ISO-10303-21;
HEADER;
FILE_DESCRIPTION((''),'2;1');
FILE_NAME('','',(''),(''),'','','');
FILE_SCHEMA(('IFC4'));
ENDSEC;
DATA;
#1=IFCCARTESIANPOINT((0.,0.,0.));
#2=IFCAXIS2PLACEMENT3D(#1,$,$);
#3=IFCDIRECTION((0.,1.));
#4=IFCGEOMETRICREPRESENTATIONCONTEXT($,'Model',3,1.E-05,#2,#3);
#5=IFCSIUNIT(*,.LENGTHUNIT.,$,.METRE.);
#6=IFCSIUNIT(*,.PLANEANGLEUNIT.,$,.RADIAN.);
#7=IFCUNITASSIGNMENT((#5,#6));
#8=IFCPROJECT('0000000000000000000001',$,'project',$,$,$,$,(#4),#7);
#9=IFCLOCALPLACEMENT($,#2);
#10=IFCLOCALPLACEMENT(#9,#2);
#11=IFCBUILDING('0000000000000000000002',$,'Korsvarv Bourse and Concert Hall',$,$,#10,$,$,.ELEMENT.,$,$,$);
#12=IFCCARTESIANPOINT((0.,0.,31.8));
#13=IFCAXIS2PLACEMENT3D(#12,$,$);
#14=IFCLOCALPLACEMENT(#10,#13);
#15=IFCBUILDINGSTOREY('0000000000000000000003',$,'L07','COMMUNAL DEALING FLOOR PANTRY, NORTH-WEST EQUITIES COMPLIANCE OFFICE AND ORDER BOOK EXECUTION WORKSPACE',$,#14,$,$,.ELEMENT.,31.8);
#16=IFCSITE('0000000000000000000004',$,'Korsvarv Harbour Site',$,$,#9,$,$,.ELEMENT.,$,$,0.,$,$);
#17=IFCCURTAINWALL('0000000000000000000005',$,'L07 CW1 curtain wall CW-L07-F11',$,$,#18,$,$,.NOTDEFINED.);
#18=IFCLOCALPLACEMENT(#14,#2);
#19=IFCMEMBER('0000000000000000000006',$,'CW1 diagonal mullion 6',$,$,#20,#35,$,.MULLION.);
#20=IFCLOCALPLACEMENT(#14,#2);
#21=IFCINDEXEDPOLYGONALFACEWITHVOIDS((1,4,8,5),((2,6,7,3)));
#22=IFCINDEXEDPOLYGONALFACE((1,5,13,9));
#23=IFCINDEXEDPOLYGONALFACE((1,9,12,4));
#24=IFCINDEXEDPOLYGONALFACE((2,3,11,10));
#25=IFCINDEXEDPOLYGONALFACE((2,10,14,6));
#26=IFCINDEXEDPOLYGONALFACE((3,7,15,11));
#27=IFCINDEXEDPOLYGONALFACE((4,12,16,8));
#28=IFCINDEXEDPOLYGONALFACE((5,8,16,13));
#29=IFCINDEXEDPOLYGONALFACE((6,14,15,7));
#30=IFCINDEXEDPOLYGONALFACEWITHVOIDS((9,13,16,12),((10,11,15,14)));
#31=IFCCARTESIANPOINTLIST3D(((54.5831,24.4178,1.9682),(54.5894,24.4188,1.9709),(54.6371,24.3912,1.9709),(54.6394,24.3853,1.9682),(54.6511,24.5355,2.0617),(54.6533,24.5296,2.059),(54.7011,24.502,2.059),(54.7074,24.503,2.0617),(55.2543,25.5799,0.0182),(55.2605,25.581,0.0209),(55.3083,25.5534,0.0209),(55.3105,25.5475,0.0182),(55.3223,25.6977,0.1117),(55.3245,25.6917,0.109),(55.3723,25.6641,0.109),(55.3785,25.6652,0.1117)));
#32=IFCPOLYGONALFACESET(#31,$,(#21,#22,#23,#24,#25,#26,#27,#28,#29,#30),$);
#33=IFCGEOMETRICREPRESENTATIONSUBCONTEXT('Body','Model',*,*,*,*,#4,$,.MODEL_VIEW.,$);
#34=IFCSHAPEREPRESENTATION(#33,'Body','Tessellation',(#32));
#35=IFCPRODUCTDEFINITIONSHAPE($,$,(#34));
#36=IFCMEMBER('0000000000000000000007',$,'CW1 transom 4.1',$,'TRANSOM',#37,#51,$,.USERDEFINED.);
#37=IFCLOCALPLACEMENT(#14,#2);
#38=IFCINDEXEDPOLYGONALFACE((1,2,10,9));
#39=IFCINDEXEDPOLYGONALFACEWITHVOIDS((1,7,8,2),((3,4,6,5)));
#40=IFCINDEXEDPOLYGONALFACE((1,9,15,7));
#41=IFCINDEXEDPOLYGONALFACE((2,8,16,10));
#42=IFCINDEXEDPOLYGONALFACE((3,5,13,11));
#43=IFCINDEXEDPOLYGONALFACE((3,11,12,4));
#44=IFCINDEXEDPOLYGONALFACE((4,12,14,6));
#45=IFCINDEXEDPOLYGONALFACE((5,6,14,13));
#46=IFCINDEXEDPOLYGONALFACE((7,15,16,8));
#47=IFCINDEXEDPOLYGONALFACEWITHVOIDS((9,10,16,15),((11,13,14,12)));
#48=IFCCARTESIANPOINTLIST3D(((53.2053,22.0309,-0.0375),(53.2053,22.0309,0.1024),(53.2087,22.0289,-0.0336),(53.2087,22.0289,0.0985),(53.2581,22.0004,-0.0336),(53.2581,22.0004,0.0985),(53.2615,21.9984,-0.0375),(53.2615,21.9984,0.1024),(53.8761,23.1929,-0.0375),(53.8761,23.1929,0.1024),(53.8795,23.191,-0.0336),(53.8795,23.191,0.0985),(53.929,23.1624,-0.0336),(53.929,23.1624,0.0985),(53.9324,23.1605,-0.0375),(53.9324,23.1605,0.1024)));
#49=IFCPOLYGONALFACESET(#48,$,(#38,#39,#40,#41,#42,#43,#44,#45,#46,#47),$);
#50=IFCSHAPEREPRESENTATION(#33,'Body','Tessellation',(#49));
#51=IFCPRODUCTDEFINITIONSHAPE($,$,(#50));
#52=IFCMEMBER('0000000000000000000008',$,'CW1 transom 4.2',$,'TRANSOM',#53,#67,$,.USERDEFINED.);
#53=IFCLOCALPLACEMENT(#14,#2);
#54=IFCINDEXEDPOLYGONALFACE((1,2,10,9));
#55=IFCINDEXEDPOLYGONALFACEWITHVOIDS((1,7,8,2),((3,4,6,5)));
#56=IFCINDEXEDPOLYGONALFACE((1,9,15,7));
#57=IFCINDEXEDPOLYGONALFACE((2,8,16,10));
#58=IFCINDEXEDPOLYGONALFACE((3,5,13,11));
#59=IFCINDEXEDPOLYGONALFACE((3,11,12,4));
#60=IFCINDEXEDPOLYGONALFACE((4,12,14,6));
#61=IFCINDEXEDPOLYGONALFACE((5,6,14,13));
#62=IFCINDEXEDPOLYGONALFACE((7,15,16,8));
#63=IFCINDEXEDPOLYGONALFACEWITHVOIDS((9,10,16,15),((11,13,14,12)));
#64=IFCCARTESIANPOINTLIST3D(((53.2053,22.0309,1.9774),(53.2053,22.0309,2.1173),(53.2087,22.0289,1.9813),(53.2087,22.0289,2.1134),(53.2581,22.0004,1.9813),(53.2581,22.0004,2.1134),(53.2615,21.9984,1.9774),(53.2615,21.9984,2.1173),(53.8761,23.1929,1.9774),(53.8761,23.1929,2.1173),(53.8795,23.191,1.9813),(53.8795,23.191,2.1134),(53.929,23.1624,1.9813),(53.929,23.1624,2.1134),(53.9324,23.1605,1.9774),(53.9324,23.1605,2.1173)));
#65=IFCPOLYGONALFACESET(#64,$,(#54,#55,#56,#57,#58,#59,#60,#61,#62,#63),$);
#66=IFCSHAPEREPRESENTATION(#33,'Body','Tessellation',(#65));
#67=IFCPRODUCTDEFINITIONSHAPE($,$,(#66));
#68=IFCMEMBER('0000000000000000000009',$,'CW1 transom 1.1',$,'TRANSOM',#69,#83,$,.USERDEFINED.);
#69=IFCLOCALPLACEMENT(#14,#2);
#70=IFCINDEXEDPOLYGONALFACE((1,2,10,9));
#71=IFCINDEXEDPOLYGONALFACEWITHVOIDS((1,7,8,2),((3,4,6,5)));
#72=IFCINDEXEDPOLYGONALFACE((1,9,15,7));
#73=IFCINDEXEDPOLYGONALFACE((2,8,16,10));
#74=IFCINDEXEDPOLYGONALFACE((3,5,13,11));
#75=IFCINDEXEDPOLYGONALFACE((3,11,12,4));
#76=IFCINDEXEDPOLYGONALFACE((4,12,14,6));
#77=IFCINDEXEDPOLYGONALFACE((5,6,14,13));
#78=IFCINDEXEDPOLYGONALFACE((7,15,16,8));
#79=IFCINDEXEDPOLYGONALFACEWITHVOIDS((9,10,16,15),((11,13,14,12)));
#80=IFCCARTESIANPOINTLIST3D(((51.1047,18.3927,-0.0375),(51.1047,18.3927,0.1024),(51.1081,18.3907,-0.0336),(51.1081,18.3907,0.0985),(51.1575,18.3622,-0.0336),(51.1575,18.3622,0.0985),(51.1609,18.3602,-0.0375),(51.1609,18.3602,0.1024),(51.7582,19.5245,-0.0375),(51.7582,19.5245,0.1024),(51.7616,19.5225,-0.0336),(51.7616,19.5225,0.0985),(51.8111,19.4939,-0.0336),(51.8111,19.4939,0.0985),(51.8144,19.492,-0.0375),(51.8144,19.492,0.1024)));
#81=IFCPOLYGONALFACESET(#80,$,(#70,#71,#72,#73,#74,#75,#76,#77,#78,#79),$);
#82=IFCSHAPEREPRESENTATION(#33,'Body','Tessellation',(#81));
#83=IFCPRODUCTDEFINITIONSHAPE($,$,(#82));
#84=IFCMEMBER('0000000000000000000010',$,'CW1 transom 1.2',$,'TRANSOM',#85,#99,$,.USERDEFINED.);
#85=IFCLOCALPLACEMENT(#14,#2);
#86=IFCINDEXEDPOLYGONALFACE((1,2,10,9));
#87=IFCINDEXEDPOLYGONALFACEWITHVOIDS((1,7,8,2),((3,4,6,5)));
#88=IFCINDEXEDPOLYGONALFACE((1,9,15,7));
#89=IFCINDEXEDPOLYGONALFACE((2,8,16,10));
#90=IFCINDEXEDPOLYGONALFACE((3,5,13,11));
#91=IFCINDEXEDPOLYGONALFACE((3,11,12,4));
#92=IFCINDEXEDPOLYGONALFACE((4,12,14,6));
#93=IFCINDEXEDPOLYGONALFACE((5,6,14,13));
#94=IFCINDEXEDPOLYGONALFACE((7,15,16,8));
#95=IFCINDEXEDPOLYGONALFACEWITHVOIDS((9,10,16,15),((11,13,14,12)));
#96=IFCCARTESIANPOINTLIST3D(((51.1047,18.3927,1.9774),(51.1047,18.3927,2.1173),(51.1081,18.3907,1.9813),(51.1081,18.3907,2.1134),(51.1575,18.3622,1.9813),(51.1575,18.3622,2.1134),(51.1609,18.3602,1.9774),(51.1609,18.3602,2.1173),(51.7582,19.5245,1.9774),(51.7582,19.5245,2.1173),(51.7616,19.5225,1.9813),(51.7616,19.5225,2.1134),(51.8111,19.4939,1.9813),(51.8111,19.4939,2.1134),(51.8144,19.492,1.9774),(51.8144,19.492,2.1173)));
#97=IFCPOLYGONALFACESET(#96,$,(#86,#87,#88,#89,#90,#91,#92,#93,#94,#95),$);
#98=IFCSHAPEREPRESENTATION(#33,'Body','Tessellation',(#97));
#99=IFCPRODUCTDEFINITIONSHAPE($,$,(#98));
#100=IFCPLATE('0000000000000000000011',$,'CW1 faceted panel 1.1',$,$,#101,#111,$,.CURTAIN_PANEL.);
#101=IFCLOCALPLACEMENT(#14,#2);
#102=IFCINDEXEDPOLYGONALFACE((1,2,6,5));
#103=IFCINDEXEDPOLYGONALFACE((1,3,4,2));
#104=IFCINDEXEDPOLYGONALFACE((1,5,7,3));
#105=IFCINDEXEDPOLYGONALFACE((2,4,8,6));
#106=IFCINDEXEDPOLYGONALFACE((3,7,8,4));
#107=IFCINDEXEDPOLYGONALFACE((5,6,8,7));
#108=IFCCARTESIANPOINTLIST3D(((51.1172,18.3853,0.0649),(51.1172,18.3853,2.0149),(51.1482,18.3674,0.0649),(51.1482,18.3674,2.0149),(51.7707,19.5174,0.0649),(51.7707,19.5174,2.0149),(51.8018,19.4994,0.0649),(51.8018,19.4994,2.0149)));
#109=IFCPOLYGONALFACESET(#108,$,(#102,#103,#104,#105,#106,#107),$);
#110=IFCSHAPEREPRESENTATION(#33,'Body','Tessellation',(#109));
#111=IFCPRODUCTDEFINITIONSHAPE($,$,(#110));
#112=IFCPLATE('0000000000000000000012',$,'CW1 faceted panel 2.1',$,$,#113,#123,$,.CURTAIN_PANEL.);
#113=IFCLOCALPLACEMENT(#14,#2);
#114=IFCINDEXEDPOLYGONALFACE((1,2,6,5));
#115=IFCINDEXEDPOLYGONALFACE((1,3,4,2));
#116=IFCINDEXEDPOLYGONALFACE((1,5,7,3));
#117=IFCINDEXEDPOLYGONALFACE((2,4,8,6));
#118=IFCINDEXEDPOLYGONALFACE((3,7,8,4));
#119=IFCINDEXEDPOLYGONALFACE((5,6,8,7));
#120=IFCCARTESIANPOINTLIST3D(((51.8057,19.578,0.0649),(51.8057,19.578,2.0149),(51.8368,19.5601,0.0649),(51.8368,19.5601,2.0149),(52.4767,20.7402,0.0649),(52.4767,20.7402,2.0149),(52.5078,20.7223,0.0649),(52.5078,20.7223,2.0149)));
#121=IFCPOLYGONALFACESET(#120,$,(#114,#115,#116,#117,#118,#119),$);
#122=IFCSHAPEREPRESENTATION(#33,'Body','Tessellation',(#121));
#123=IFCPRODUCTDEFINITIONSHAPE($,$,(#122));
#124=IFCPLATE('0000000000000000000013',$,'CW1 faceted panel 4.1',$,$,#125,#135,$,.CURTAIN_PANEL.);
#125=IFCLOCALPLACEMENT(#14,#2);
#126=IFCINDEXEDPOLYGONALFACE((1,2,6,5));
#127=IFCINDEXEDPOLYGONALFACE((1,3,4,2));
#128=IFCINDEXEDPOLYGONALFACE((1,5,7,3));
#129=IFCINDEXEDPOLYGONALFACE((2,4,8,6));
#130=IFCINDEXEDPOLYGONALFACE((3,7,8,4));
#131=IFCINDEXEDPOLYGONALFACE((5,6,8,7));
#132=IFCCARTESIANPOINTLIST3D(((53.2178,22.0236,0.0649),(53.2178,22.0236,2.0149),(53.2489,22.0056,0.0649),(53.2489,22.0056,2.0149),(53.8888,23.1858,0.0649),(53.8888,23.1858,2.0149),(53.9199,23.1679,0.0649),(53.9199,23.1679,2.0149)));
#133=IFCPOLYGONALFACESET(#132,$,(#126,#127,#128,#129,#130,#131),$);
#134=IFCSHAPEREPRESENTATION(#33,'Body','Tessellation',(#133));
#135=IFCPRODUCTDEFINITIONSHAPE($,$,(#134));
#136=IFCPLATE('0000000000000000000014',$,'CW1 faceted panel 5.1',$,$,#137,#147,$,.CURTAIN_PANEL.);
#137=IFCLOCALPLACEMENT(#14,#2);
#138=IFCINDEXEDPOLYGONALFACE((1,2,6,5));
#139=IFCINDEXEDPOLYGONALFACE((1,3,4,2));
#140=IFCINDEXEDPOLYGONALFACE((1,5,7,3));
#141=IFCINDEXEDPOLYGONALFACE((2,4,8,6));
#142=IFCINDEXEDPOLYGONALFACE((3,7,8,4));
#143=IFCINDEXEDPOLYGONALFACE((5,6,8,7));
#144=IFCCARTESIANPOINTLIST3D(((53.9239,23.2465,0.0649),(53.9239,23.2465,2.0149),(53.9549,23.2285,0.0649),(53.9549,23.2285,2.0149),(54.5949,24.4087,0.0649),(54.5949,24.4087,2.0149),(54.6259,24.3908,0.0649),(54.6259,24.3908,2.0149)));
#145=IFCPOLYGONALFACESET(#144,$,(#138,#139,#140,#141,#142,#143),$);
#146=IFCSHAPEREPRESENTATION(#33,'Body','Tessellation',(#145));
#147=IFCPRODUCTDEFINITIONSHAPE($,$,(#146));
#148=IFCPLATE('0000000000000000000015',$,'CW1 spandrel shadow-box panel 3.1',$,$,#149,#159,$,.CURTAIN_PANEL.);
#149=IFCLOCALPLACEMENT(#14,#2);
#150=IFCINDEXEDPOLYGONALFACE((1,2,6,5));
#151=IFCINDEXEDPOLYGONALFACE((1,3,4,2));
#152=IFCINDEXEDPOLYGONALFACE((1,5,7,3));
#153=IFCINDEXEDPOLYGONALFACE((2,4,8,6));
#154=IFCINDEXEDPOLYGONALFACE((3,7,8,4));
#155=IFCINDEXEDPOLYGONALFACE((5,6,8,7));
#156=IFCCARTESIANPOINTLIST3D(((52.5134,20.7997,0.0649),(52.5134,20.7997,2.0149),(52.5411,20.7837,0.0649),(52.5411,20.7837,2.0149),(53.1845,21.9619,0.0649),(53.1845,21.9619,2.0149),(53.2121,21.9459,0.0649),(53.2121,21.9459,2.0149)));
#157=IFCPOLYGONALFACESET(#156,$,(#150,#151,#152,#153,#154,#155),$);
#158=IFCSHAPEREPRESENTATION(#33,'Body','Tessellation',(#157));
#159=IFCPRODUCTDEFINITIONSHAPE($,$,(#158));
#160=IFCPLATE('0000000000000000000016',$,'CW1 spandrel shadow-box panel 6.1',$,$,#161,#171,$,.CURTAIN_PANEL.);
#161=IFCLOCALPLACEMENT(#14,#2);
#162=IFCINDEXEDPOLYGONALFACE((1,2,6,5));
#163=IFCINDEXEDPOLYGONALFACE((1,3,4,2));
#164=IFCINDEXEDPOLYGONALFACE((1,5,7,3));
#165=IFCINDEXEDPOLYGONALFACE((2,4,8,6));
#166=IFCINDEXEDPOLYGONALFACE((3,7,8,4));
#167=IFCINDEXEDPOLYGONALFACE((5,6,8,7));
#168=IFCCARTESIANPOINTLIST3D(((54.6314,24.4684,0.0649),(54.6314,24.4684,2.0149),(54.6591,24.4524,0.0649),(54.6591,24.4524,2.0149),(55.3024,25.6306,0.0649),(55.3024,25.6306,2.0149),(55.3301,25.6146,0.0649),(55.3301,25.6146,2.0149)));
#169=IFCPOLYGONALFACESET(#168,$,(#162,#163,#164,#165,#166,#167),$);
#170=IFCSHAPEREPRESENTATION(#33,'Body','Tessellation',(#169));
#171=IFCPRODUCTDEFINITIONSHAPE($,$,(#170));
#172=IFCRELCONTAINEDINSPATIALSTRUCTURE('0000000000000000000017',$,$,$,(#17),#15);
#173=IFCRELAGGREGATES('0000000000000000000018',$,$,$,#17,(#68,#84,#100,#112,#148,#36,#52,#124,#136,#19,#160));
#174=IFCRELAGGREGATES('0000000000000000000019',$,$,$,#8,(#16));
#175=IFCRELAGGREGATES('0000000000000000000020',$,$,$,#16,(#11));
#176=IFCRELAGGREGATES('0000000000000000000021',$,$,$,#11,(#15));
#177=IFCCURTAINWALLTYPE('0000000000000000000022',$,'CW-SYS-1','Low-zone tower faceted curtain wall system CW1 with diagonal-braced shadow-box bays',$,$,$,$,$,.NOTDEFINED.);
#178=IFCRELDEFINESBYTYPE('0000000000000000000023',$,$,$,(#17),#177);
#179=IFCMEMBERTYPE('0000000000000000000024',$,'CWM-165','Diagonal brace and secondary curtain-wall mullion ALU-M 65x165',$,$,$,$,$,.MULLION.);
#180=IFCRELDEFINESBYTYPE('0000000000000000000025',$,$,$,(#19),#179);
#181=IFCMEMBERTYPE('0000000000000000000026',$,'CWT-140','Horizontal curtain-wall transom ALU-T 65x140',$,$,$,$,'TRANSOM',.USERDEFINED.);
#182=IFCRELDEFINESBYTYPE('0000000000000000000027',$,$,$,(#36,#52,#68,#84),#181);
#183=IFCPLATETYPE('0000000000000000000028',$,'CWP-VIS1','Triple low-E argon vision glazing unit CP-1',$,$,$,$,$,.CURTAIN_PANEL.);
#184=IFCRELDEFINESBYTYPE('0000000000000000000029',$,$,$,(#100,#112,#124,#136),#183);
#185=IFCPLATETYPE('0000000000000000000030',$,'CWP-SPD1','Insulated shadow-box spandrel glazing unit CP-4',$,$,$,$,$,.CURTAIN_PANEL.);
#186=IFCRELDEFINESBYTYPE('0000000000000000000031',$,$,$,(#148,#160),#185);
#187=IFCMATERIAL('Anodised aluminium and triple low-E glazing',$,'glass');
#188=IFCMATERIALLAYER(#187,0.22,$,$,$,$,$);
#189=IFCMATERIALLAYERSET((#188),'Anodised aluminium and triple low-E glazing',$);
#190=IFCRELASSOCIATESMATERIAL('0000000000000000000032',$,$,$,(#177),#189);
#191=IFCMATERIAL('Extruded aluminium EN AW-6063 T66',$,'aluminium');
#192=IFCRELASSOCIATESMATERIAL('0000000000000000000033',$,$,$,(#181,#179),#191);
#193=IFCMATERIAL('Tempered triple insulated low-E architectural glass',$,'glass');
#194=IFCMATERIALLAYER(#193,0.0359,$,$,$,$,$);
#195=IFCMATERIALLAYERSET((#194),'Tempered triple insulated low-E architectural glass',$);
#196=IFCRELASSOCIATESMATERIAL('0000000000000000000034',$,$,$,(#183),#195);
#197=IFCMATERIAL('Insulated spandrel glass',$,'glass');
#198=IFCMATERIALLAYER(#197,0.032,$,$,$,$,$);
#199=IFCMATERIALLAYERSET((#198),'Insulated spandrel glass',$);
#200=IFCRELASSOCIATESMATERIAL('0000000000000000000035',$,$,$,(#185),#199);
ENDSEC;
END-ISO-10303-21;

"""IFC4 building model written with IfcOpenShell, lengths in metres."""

from ifc_helpers import new_model, si_unit, direction, frame, origin, origin_2d, place, context, subcontext, project, spatial, rectangle, hollow_rectangle, extrude, source, transform, mapped, material, layer, layer_set, material_profile, profile_set, type_object, element, aggregate, save


model = new_model("IFC4")

# Units and contexts
model_context = context("Model", 3, precision=1e-05, world=origin(), true_north=direction((0.0, 1.0)))
body_context = subcontext(model_context, "Body", "Model", "MODEL_VIEW")
ifc_project = project(units=[si_unit("LENGTHUNIT", "METRE"), si_unit("PLANEANGLEUNIT", "RADIAN")], contexts=[model_context])

# Site, building, storey
site_placement = place(None, origin())
site = spatial("IfcSite", under=ifc_project, at=site_placement, Name="Korsvarv Harbour Site", CompositionType="ELEMENT", RefElevation=0.0)
building_placement = place(site_placement, origin())
building = spatial("IfcBuilding", under=site, at=building_placement, Name="Korsvarv Bourse and Concert Hall", CompositionType="ELEMENT")
storey_placement = place(building_placement, frame((0.0, 0.0, 31.8)))
storey = spatial("IfcBuildingStorey", under=building, at=storey_placement, Name="L07", Description="COMMUNAL DEALING FLOOR PANTRY, NORTH-WEST EQUITIES COMPLIANCE OFFICE AND ORDER BOOK EXECUTION WORKSPACE", CompositionType="ELEMENT", Elevation=31.8)

# Curtain wall, members, plates
ifc_material_1 = material(Name="Anodised aluminium and triple low-E glazing", Category="glass")
ifc_layer_1 = layer(ifc_material_1, 0.22)
ifc_layer_set_1 = layer_set([ifc_layer_1], Name="Anodised aluminium and triple low-E glazing")
curtain_wall_type = type_object("IfcCurtainWallType", Name="CW-SYS-1", Description="Low-zone tower faceted curtain wall system CW1 with diagonal-braced shadow-box bays", PredefinedType="NOTDEFINED", material=ifc_layer_set_1)
curtain_wall_placement = place(storey_placement, origin())
curtain_wall = element("IfcCurtainWall", 1, at=curtain_wall_placement, inside=storey, type_object=curtain_wall_type, Name="L07 CW1 curtain wall CW-L07-F11", PredefinedType="NOTDEFINED")
ifc_material_2 = material(Name="Extruded aluminium EN AW-6063 T66", Category="aluminium")
ifc_material_profile_1 = material_profile(ifc_material_2, hollow_rectangle(XDim=0.0649, YDim=0.1399, WallThickness=0.0039, at=origin_2d()), Name="ALU-T 65x140")
ifc_profile_set_1 = profile_set([ifc_material_profile_1], Name="Extruded aluminium EN AW-6063 T66")
member_type_1 = type_object("IfcMemberType", Name="CWT-140", Description="Horizontal curtain-wall transom ALU-T 65x140", ElementType="TRANSOM", PredefinedType="USERDEFINED", material=ifc_profile_set_1)
ifc_material_profile_2 = material_profile(ifc_material_2, hollow_rectangle(XDim=0.0649, YDim=0.165, WallThickness=0.0049, at=origin_2d()), Name="ALU-M 65x165")
ifc_profile_set_2 = profile_set([ifc_material_profile_2], Name="Extruded aluminium EN AW-6063 T66")
member_type_2 = type_object("IfcMemberType", Name="CWM-165", Description="Diagonal brace and secondary curtain-wall mullion ALU-M 65x165", PredefinedType="MULLION", material=ifc_profile_set_2)
shared_shape_1 = source(origin(), body_context, "Body", "SweptSolid", [
    extrude(hollow_rectangle(XDim=0.0649, YDim=0.165, WallThickness=0.0049, at=origin_2d()), origin(), (0.0, 0.0, 1.0), 2.3672),
])
member_1_placement = place(storey_placement, frame((55.3164, 25.6226, 0.0649), z_axis=(-0.283527, -0.490939, 0.823766), x_axis=(0.865961, -0.500111, 0.0)))
member_1 = element("IfcMember", 2, at=member_1_placement, type_object=member_type_2, Name="CW1 diagonal mullion 6", PredefinedType="MULLION", context=body_context, shape_type="MappedRepresentation", body=[
    mapped(shared_shape_1, transform((0.0, 0.0, 0.0), scale=1.0)),
])
shared_shape_2 = source(origin(), body_context, "Body", "SweptSolid", [
    extrude(hollow_rectangle(XDim=0.0649, YDim=0.1399, WallThickness=0.0039, at=origin_2d()), origin(), (0.0, 0.0, 1.0), 1.3418),
])
member_2_placement = place(storey_placement, frame((53.2334, 22.0146, 0.0325), z_axis=(0.499974, 0.86604, 0.0), x_axis=(-0.86604, 0.499974, 0.0)))
member_2 = element("IfcMember", 3, at=member_2_placement, type_object=member_type_1, Name="CW1 transom 4.1", ObjectType="TRANSOM", PredefinedType="USERDEFINED", context=body_context, shape_type="MappedRepresentation", body=[
    mapped(shared_shape_2, transform((0.0, 0.0, 0.0), scale=1.0)),
])
member_3_placement = place(storey_placement, frame((53.2334, 22.0146, 2.0474), z_axis=(0.499974, 0.86604, 0.0), x_axis=(-0.86604, 0.499974, 0.0)))
member_3 = element("IfcMember", 4, at=member_3_placement, type_object=member_type_1, Name="CW1 transom 4.2", ObjectType="TRANSOM", PredefinedType="USERDEFINED", context=body_context, shape_type="MappedRepresentation", body=[
    mapped(shared_shape_2, transform((0.0, 0.0, 0.0), scale=1.0)),
])
shared_shape_3 = source(origin(), body_context, "Body", "SweptSolid", [
    extrude(hollow_rectangle(XDim=0.0649, YDim=0.1399, WallThickness=0.0039, at=origin_2d()), origin(), (0.0, 0.0, 1.0), 1.3069),
])
member_4_placement = place(storey_placement, frame((51.1328, 18.3765, 0.0325), z_axis=(0.500057, 0.865993, 0.0), x_axis=(-0.865993, 0.500057, 0.0)))
member_4 = element("IfcMember", 5, at=member_4_placement, type_object=member_type_1, Name="CW1 transom 1.1", ObjectType="TRANSOM", PredefinedType="USERDEFINED", context=body_context, shape_type="MappedRepresentation", body=[
    mapped(shared_shape_3, transform((0.0, 0.0, 0.0), scale=1.0)),
])
member_5_placement = place(storey_placement, frame((51.1328, 18.3765, 2.0474), z_axis=(0.500057, 0.865993, 0.0), x_axis=(-0.865993, 0.500057, 0.0)))
member_5 = element("IfcMember", 6, at=member_5_placement, type_object=member_type_1, Name="CW1 transom 1.2", ObjectType="TRANSOM", PredefinedType="USERDEFINED", context=body_context, shape_type="MappedRepresentation", body=[
    mapped(shared_shape_3, transform((0.0, 0.0, 0.0), scale=1.0)),
])
ifc_material_3 = material(Name="Tempered triple insulated low-E architectural glass", Category="glass")
ifc_layer_2 = layer(ifc_material_3, 0.0359)
ifc_layer_set_2 = layer_set([ifc_layer_2], Name="Tempered triple insulated low-E architectural glass")
plate_type_1 = type_object("IfcPlateType", Name="CWP-VIS1", Description="Triple low-E argon vision glazing unit CP-1", PredefinedType="CURTAIN_PANEL", material=ifc_layer_set_2)
shared_shape_4 = source(origin(), body_context, "Body", "SweptSolid", [
    extrude(rectangle(XDim=1.3071, YDim=0.0359, at=origin_2d()), origin(), (0.0, 0.0, 1.0), 1.95),
])
plate_1_placement = place(storey_placement, frame((51.4595, 18.9424, 0.0649), z_axis=(0.0, 0.0, 1.0), x_axis=(0.499995, 0.866029, 0.0)))
plate_1 = element("IfcPlate", 7, at=plate_1_placement, type_object=plate_type_1, Name="CW1 faceted panel 1.1", PredefinedType="CURTAIN_PANEL", context=body_context, shape_type="MappedRepresentation", body=[
    mapped(shared_shape_4, transform((0.0, 0.0, 0.0), scale=1.0)),
])
shared_shape_5 = source(origin(), body_context, "Body", "SweptSolid", [
    extrude(rectangle(XDim=1.342, YDim=0.0359, at=origin_2d()), origin(), (0.0, 0.0, 1.0), 1.95),
])
plate_2_placement = place(storey_placement, frame((52.1567, 20.1501, 0.0649), z_axis=(0.0, 0.0, 1.0), x_axis=(0.499995, 0.866029, 0.0)))
plate_2 = element("IfcPlate", 8, at=plate_2_placement, type_object=plate_type_1, Name="CW1 faceted panel 2.1", PredefinedType="CURTAIN_PANEL", context=body_context, shape_type="MappedRepresentation", body=[
    mapped(shared_shape_5, transform((0.0, 0.0, 0.0), scale=1.0)),
])
plate_3_placement = place(storey_placement, frame((53.5688, 22.5957, 0.0649), z_axis=(0.0, 0.0, 1.0), x_axis=(0.499995, 0.866029, 0.0)))
plate_3 = element("IfcPlate", 9, at=plate_3_placement, type_object=plate_type_1, Name="CW1 faceted panel 4.1", PredefinedType="CURTAIN_PANEL", context=body_context, shape_type="MappedRepresentation", body=[
    mapped(shared_shape_5, transform((0.0, 0.0, 0.0), scale=1.0)),
])
plate_4_placement = place(storey_placement, frame((54.2749, 23.8186, 0.0649), z_axis=(0.0, 0.0, 1.0), x_axis=(0.499995, 0.866029, 0.0)))
plate_4 = element("IfcPlate", 10, at=plate_4_placement, type_object=plate_type_1, Name="CW1 faceted panel 5.1", PredefinedType="CURTAIN_PANEL", context=body_context, shape_type="MappedRepresentation", body=[
    mapped(shared_shape_5, transform((0.0, 0.0, 0.0), scale=1.0)),
])
ifc_material_4 = material(Name="Insulated spandrel glass", Category="glass")
ifc_layer_3 = layer(ifc_material_4, 0.032)
ifc_layer_set_3 = layer_set([ifc_layer_3], Name="Insulated spandrel glass")
plate_type_2 = type_object("IfcPlateType", Name="CWP-SPD1", Description="Insulated shadow-box spandrel glazing unit CP-4", PredefinedType="CURTAIN_PANEL", material=ifc_layer_set_3)
shared_shape_6 = source(origin(), body_context, "Body", "SweptSolid", [
    extrude(rectangle(XDim=1.342, YDim=0.032, at=origin_2d()), origin(), (0.0, 0.0, 1.0), 1.95),
])
plate_5_placement = place(storey_placement, frame((52.8628, 21.3728, 0.0649), z_axis=(0.0, 0.0, 1.0), x_axis=(0.499995, 0.866029, 0.0)))
plate_5 = element("IfcPlate", 11, at=plate_5_placement, type_object=plate_type_2, Name="CW1 spandrel shadow-box panel 3.1", PredefinedType="CURTAIN_PANEL", context=body_context, shape_type="MappedRepresentation", body=[
    mapped(shared_shape_6, transform((0.0, 0.0, 0.0), scale=1.0)),
])
plate_6_placement = place(storey_placement, frame((54.9807, 25.0415, 0.0649), z_axis=(0.0, 0.0, 1.0), x_axis=(0.499995, 0.866029, 0.0)))
plate_6 = element("IfcPlate", 12, at=plate_6_placement, type_object=plate_type_2, Name="CW1 spandrel shadow-box panel 6.1", PredefinedType="CURTAIN_PANEL", context=body_context, shape_type="MappedRepresentation", body=[
    mapped(shared_shape_6, transform((0.0, 0.0, 0.0), scale=1.0)),
])
aggregate(curtain_wall, [member_4, member_5, plate_1, plate_2, plate_5, member_2, member_3, plate_3, plate_4, member_1, plate_6])

save(model, "model.ifc")
